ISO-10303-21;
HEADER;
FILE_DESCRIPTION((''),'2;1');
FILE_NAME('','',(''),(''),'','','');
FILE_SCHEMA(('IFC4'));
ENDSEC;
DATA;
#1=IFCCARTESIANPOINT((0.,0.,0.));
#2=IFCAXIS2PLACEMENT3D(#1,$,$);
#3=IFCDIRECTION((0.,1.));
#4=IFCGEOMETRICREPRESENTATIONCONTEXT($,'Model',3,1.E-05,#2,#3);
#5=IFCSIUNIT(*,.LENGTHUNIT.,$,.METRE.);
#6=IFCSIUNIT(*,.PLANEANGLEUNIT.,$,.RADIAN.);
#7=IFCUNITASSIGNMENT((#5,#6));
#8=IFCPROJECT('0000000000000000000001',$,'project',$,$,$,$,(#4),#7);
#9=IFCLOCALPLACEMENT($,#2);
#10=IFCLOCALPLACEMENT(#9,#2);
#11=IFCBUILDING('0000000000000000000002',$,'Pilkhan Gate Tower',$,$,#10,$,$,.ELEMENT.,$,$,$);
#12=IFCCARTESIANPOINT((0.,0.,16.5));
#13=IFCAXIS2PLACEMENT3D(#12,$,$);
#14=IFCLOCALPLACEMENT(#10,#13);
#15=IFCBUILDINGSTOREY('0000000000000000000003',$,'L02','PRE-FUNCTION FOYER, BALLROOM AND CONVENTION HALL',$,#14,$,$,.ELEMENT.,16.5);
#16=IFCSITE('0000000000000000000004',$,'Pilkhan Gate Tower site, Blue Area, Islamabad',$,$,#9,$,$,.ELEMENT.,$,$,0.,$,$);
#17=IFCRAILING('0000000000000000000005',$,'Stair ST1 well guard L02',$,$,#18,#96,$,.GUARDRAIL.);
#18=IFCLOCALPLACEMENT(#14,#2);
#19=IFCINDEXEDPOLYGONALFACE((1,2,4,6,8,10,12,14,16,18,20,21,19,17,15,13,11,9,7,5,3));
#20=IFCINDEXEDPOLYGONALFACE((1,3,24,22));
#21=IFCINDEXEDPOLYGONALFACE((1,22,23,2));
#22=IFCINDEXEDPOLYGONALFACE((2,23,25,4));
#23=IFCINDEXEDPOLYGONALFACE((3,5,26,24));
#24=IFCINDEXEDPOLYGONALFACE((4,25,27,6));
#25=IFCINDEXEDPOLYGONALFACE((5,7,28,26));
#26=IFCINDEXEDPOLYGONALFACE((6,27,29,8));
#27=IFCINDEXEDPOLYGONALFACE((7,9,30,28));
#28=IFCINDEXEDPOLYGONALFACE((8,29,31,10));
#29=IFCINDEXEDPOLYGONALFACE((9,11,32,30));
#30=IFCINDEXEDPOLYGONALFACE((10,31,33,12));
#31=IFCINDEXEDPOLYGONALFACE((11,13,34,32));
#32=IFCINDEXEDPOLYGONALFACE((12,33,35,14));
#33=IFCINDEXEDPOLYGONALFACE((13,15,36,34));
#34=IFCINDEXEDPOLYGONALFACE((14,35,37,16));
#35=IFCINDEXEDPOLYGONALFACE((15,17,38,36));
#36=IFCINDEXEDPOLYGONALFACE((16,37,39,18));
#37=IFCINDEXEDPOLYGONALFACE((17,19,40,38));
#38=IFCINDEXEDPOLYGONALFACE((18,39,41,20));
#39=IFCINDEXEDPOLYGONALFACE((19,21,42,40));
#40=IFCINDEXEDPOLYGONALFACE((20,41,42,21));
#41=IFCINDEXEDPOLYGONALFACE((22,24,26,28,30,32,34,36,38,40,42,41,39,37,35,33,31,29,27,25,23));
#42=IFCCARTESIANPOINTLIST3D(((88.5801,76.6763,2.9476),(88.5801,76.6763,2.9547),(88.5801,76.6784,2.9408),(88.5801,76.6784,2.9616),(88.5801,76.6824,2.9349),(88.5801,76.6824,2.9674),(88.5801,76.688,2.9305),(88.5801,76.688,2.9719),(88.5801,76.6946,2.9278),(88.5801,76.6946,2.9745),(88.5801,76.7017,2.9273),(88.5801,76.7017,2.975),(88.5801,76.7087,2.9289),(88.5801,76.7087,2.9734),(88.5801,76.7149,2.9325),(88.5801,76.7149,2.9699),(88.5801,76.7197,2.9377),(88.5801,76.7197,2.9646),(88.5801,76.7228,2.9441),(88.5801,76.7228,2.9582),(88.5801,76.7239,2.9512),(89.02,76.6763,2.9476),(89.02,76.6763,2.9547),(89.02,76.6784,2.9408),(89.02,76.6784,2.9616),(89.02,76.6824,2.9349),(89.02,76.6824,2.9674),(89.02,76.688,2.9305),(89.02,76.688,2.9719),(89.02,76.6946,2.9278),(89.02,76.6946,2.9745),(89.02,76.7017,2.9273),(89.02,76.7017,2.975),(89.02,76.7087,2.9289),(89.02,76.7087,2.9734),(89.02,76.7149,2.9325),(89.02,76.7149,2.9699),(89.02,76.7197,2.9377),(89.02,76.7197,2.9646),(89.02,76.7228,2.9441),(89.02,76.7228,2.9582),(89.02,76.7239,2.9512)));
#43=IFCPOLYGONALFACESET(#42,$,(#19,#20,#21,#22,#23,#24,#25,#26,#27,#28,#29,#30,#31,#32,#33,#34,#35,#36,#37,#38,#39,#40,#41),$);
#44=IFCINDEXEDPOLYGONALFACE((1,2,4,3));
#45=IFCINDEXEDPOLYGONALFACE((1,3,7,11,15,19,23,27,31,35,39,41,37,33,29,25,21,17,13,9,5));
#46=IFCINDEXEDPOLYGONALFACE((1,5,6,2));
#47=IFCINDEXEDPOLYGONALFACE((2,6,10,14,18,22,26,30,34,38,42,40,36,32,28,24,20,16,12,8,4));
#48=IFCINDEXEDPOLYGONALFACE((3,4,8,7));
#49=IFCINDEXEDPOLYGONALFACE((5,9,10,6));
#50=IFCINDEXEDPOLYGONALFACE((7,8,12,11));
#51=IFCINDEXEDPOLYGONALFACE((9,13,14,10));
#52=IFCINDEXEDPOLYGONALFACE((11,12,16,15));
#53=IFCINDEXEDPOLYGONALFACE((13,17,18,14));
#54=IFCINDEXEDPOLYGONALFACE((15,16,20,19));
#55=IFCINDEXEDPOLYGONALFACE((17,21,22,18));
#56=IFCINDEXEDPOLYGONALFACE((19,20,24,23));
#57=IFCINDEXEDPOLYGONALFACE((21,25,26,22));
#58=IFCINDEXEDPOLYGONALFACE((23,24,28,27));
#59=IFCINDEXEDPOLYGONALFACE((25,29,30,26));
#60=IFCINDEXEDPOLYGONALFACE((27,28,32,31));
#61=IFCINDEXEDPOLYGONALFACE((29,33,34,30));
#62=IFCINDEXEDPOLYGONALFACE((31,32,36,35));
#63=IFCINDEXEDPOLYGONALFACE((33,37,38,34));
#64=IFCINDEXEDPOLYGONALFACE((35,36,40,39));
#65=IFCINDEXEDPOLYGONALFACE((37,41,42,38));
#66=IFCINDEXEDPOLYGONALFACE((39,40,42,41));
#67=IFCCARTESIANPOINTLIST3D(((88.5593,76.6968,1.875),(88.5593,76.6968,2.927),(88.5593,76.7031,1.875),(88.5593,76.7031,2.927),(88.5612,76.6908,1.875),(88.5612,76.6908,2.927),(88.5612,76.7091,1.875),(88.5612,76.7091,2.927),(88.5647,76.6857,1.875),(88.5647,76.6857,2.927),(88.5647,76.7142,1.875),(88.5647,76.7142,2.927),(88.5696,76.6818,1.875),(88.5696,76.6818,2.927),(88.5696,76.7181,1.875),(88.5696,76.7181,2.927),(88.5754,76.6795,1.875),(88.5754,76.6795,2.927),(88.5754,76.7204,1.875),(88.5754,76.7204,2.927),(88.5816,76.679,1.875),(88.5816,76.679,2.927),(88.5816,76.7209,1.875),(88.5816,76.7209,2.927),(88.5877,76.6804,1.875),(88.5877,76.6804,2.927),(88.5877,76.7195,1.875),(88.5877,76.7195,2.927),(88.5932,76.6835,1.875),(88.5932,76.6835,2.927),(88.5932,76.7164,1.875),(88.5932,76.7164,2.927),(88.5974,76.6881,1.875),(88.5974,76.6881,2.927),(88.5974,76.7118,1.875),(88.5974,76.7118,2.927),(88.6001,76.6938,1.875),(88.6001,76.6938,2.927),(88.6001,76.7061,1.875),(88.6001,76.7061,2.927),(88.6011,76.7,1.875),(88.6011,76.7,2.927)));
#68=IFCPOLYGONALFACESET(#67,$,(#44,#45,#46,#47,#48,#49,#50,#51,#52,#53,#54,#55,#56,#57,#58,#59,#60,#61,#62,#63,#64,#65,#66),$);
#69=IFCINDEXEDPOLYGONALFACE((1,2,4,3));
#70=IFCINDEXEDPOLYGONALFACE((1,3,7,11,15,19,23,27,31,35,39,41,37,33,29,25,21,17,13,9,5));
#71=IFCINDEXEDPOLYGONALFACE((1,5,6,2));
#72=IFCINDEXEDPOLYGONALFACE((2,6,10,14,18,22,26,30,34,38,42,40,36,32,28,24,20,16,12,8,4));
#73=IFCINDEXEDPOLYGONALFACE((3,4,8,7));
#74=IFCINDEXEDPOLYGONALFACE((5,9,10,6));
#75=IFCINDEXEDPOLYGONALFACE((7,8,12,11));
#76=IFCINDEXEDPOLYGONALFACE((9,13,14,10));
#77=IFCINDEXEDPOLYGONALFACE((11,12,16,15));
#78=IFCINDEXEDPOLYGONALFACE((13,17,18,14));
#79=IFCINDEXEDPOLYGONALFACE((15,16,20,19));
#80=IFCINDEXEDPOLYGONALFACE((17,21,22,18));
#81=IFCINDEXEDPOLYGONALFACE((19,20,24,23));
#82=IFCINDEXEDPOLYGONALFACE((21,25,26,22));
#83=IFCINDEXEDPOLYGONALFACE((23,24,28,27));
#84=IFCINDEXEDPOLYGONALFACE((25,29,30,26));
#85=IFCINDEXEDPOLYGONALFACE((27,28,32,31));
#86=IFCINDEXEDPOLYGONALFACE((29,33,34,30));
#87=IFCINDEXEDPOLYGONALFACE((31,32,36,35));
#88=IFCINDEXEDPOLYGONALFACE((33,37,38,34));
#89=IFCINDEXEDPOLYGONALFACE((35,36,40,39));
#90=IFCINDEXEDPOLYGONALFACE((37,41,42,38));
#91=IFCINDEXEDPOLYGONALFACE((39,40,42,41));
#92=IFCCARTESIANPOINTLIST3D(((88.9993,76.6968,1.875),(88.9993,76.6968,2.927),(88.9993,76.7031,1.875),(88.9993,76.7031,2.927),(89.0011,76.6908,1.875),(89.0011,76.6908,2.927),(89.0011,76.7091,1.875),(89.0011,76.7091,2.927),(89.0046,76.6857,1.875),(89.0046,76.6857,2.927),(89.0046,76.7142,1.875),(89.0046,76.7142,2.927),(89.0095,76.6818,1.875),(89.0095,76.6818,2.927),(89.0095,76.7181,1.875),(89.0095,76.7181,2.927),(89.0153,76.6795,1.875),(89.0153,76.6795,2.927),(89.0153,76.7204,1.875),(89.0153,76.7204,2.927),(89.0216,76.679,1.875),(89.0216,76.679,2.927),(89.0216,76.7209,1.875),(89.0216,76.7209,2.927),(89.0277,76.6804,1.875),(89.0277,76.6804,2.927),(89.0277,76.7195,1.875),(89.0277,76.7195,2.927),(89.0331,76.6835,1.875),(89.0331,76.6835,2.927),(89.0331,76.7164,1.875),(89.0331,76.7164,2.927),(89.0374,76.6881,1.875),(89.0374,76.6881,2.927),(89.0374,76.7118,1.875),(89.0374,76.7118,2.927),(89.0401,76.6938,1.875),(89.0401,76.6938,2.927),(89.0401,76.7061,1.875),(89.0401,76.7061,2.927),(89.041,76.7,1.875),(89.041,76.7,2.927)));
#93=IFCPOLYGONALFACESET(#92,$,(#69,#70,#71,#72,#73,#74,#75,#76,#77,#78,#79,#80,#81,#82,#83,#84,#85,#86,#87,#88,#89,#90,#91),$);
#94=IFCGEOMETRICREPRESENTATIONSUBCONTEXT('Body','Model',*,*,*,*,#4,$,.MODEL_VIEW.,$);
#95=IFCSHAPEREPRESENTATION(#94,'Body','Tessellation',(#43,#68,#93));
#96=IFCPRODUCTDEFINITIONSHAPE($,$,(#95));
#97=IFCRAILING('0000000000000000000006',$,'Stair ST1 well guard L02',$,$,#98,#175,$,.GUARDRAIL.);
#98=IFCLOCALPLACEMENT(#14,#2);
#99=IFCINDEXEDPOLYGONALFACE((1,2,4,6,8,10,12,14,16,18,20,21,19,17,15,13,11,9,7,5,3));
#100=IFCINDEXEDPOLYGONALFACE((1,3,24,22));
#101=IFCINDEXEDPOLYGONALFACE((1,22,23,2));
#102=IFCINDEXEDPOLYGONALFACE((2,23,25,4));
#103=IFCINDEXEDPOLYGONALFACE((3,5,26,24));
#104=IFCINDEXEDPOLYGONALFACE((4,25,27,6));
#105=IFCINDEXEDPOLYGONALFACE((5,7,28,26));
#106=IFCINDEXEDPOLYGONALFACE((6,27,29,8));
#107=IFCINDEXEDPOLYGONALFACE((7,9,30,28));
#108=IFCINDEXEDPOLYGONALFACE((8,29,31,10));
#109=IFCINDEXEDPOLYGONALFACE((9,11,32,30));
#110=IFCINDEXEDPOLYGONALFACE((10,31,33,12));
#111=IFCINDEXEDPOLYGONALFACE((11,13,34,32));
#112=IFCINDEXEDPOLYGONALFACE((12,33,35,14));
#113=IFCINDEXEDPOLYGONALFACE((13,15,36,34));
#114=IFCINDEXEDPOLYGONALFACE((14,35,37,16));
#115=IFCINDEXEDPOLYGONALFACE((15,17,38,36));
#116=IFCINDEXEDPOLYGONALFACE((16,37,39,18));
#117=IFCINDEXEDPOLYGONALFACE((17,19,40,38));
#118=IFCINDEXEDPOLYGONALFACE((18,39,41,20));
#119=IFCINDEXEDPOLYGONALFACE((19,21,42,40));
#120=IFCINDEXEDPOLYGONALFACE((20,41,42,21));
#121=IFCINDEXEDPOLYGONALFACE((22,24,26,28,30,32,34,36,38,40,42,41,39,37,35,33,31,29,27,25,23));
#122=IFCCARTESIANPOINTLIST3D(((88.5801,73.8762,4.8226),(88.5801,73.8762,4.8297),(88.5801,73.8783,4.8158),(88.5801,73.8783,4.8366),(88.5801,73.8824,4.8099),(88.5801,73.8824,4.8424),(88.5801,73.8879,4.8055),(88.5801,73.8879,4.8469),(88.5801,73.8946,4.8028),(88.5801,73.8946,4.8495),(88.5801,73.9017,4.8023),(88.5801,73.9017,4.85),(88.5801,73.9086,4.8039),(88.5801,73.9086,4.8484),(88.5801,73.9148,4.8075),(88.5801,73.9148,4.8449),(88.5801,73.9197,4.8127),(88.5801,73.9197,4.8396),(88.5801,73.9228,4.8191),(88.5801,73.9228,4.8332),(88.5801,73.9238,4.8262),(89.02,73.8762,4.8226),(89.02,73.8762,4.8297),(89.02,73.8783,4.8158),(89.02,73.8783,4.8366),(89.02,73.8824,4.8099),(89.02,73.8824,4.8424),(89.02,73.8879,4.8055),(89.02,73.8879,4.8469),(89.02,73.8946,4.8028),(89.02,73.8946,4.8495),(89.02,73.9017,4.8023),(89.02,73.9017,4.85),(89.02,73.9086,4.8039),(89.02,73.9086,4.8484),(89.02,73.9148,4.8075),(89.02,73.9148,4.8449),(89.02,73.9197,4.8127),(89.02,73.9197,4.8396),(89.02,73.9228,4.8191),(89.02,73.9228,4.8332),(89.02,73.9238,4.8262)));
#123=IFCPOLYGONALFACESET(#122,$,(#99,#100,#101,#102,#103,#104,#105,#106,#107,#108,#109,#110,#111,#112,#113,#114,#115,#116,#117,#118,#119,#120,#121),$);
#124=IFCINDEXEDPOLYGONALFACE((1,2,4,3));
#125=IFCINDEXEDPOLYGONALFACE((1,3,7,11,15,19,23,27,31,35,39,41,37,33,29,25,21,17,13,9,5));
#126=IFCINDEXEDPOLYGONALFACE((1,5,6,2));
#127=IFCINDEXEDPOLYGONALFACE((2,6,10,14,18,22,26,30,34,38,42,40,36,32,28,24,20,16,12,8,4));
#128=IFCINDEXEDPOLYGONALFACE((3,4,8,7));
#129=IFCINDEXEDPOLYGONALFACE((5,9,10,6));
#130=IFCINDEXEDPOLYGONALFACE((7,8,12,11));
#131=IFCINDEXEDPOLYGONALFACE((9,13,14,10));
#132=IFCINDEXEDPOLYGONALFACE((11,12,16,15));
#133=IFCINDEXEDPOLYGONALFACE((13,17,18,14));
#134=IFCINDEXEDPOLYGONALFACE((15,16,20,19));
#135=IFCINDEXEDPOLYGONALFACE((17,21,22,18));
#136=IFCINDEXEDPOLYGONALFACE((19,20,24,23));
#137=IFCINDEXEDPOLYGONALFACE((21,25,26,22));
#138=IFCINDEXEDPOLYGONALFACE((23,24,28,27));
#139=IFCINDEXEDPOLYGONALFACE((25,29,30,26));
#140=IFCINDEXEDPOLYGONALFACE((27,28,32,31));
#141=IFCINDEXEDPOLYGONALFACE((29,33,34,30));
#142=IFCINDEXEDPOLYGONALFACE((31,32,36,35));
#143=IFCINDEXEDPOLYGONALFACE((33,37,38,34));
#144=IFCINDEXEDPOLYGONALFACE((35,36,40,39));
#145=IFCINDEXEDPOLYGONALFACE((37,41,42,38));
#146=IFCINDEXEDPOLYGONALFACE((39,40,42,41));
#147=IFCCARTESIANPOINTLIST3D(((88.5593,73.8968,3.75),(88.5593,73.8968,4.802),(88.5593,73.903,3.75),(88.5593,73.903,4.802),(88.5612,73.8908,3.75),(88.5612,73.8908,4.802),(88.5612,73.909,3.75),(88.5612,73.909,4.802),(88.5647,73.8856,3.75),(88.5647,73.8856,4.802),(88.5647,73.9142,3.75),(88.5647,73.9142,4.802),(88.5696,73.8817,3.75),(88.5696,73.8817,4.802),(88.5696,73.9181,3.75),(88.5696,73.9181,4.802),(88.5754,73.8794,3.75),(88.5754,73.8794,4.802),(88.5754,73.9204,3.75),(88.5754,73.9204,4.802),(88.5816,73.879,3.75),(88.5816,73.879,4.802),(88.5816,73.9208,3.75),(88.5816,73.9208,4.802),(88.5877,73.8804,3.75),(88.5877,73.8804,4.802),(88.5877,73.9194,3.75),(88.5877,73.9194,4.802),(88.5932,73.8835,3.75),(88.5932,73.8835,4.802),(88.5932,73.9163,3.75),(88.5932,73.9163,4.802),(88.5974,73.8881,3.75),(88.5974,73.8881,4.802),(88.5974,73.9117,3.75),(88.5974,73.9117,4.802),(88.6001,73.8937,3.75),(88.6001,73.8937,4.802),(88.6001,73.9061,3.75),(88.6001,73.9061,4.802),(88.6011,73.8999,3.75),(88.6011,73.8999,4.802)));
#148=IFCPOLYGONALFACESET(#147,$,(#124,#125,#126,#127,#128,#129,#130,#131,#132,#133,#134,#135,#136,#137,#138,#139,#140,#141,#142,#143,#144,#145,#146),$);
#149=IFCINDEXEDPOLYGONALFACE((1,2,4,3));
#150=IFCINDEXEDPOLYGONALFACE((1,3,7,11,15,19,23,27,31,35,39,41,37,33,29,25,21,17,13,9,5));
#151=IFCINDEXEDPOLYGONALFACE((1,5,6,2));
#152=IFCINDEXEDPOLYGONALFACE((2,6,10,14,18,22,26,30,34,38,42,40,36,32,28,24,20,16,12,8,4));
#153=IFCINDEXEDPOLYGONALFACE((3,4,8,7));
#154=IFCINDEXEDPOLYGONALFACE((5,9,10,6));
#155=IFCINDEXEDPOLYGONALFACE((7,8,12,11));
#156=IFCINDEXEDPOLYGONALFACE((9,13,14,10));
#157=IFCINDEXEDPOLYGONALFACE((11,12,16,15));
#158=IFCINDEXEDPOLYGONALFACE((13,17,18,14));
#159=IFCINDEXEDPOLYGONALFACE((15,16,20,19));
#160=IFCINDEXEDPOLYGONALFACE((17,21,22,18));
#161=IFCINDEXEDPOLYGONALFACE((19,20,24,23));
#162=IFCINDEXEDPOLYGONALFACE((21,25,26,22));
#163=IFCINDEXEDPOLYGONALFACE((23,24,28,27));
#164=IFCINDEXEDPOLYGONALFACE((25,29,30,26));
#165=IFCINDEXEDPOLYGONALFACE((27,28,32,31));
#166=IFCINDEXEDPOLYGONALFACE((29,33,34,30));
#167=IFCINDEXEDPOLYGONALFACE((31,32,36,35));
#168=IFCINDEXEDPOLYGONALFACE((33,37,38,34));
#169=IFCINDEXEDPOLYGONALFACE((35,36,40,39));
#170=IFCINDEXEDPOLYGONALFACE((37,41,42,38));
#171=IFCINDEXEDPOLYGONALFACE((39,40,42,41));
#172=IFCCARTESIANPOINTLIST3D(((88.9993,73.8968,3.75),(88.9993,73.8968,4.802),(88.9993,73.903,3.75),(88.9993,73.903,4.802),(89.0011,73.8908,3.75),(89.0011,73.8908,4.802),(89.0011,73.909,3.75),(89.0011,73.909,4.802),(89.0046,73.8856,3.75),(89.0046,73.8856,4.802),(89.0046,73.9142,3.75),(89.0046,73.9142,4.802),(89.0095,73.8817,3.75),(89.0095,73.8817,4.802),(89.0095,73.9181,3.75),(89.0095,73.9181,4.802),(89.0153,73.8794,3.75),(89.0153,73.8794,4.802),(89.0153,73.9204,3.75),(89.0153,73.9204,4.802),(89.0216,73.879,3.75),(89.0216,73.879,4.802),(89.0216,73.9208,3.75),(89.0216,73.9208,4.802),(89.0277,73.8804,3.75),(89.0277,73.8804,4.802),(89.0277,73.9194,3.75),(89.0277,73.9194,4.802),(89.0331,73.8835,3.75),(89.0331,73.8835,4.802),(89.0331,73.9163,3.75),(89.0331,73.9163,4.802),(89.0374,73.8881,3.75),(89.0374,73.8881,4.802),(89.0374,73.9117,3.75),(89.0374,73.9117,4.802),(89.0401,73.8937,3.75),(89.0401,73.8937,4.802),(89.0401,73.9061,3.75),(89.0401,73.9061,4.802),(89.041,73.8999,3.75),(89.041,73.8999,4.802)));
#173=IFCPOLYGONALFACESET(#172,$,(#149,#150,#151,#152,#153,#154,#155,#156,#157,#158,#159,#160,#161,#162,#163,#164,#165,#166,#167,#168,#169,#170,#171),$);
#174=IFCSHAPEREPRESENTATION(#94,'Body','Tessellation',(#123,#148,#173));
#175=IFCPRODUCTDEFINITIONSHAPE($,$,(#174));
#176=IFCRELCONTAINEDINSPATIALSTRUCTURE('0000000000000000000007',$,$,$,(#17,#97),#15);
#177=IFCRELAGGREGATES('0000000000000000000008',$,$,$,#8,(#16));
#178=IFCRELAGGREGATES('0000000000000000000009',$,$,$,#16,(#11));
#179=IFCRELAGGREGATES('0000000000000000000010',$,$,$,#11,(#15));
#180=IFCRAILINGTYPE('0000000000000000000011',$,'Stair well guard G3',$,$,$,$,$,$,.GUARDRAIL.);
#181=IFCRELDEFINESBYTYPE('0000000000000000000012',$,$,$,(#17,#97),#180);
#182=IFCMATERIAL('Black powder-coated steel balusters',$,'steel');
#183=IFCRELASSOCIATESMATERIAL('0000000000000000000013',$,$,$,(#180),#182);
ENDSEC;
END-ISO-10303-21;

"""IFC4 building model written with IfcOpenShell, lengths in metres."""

from ifc_helpers import new_model, si_unit, direction, frame, origin, origin_2d, place, context, subcontext, project, spatial, circle, extrude, material, type_object, element, save


model = new_model("IFC4")

# Units and contexts
model_context = context("Model", 3, precision=1e-05, world=origin(), true_north=direction((0.0, 1.0)))
body_context = subcontext(model_context, "Body", "Model", "MODEL_VIEW")
ifc_project = project(units=[si_unit("LENGTHUNIT", "METRE"), si_unit("PLANEANGLEUNIT", "RADIAN")], contexts=[model_context])

# Site, building, storey
site_placement = place(None, origin())
site = spatial("IfcSite", under=ifc_project, at=site_placement, Name="Pilkhan Gate Tower site, Blue Area, Islamabad", CompositionType="ELEMENT", RefElevation=0.0)
building_placement = place(site_placement, origin())
building = spatial("IfcBuilding", under=site, at=building_placement, Name="Pilkhan Gate Tower", CompositionType="ELEMENT")
storey_placement = place(building_placement, frame((0.0, 0.0, 16.5)))
storey = spatial("IfcBuildingStorey", under=building, at=storey_placement, Name="L02", Description="PRE-FUNCTION FOYER, BALLROOM AND CONVENTION HALL", CompositionType="ELEMENT", Elevation=16.5)

# Railings
ifc_material_1 = material(Name="Black powder-coated steel balusters", Category="steel")
railing_type_1 = type_object("IfcRailingType", Name="Stair well guard G3", PredefinedType="GUARDRAIL", material=ifc_material_1)
for number, where, name in (
    (1, (88.5801, 76.7, 1.875), "Stair ST1 well guard L02"),
    (2, (88.5801, 73.8999, 3.75), "Stair ST1 well guard L02"),
):
    element("IfcRailing", number, at=place(storey_placement, frame(where)), inside=storey, type_object=railing_type_1, Name=name, PredefinedType="GUARDRAIL", context=body_context, shape_type="SweptSolid", body=[
        extrude(circle(Radius=0.0239, at=origin_2d()), frame((0.0, 0.0, 1.0762), z_axis=(1.0, 0.0, 0.0), x_axis=(0.0, 1.0, 0.0)), (0.0, 0.0, 1.0), 0.4399),
        extrude(circle(Radius=0.021, at=origin_2d()), origin(), (0.0, 0.0, 1.0), 1.052),
        extrude(circle(Radius=0.021, at=origin_2d()), frame((0.4399, 0.0, 0.0)), (0.0, 0.0, 1.0), 1.052),
    ])

save(model, "model.ifc")
